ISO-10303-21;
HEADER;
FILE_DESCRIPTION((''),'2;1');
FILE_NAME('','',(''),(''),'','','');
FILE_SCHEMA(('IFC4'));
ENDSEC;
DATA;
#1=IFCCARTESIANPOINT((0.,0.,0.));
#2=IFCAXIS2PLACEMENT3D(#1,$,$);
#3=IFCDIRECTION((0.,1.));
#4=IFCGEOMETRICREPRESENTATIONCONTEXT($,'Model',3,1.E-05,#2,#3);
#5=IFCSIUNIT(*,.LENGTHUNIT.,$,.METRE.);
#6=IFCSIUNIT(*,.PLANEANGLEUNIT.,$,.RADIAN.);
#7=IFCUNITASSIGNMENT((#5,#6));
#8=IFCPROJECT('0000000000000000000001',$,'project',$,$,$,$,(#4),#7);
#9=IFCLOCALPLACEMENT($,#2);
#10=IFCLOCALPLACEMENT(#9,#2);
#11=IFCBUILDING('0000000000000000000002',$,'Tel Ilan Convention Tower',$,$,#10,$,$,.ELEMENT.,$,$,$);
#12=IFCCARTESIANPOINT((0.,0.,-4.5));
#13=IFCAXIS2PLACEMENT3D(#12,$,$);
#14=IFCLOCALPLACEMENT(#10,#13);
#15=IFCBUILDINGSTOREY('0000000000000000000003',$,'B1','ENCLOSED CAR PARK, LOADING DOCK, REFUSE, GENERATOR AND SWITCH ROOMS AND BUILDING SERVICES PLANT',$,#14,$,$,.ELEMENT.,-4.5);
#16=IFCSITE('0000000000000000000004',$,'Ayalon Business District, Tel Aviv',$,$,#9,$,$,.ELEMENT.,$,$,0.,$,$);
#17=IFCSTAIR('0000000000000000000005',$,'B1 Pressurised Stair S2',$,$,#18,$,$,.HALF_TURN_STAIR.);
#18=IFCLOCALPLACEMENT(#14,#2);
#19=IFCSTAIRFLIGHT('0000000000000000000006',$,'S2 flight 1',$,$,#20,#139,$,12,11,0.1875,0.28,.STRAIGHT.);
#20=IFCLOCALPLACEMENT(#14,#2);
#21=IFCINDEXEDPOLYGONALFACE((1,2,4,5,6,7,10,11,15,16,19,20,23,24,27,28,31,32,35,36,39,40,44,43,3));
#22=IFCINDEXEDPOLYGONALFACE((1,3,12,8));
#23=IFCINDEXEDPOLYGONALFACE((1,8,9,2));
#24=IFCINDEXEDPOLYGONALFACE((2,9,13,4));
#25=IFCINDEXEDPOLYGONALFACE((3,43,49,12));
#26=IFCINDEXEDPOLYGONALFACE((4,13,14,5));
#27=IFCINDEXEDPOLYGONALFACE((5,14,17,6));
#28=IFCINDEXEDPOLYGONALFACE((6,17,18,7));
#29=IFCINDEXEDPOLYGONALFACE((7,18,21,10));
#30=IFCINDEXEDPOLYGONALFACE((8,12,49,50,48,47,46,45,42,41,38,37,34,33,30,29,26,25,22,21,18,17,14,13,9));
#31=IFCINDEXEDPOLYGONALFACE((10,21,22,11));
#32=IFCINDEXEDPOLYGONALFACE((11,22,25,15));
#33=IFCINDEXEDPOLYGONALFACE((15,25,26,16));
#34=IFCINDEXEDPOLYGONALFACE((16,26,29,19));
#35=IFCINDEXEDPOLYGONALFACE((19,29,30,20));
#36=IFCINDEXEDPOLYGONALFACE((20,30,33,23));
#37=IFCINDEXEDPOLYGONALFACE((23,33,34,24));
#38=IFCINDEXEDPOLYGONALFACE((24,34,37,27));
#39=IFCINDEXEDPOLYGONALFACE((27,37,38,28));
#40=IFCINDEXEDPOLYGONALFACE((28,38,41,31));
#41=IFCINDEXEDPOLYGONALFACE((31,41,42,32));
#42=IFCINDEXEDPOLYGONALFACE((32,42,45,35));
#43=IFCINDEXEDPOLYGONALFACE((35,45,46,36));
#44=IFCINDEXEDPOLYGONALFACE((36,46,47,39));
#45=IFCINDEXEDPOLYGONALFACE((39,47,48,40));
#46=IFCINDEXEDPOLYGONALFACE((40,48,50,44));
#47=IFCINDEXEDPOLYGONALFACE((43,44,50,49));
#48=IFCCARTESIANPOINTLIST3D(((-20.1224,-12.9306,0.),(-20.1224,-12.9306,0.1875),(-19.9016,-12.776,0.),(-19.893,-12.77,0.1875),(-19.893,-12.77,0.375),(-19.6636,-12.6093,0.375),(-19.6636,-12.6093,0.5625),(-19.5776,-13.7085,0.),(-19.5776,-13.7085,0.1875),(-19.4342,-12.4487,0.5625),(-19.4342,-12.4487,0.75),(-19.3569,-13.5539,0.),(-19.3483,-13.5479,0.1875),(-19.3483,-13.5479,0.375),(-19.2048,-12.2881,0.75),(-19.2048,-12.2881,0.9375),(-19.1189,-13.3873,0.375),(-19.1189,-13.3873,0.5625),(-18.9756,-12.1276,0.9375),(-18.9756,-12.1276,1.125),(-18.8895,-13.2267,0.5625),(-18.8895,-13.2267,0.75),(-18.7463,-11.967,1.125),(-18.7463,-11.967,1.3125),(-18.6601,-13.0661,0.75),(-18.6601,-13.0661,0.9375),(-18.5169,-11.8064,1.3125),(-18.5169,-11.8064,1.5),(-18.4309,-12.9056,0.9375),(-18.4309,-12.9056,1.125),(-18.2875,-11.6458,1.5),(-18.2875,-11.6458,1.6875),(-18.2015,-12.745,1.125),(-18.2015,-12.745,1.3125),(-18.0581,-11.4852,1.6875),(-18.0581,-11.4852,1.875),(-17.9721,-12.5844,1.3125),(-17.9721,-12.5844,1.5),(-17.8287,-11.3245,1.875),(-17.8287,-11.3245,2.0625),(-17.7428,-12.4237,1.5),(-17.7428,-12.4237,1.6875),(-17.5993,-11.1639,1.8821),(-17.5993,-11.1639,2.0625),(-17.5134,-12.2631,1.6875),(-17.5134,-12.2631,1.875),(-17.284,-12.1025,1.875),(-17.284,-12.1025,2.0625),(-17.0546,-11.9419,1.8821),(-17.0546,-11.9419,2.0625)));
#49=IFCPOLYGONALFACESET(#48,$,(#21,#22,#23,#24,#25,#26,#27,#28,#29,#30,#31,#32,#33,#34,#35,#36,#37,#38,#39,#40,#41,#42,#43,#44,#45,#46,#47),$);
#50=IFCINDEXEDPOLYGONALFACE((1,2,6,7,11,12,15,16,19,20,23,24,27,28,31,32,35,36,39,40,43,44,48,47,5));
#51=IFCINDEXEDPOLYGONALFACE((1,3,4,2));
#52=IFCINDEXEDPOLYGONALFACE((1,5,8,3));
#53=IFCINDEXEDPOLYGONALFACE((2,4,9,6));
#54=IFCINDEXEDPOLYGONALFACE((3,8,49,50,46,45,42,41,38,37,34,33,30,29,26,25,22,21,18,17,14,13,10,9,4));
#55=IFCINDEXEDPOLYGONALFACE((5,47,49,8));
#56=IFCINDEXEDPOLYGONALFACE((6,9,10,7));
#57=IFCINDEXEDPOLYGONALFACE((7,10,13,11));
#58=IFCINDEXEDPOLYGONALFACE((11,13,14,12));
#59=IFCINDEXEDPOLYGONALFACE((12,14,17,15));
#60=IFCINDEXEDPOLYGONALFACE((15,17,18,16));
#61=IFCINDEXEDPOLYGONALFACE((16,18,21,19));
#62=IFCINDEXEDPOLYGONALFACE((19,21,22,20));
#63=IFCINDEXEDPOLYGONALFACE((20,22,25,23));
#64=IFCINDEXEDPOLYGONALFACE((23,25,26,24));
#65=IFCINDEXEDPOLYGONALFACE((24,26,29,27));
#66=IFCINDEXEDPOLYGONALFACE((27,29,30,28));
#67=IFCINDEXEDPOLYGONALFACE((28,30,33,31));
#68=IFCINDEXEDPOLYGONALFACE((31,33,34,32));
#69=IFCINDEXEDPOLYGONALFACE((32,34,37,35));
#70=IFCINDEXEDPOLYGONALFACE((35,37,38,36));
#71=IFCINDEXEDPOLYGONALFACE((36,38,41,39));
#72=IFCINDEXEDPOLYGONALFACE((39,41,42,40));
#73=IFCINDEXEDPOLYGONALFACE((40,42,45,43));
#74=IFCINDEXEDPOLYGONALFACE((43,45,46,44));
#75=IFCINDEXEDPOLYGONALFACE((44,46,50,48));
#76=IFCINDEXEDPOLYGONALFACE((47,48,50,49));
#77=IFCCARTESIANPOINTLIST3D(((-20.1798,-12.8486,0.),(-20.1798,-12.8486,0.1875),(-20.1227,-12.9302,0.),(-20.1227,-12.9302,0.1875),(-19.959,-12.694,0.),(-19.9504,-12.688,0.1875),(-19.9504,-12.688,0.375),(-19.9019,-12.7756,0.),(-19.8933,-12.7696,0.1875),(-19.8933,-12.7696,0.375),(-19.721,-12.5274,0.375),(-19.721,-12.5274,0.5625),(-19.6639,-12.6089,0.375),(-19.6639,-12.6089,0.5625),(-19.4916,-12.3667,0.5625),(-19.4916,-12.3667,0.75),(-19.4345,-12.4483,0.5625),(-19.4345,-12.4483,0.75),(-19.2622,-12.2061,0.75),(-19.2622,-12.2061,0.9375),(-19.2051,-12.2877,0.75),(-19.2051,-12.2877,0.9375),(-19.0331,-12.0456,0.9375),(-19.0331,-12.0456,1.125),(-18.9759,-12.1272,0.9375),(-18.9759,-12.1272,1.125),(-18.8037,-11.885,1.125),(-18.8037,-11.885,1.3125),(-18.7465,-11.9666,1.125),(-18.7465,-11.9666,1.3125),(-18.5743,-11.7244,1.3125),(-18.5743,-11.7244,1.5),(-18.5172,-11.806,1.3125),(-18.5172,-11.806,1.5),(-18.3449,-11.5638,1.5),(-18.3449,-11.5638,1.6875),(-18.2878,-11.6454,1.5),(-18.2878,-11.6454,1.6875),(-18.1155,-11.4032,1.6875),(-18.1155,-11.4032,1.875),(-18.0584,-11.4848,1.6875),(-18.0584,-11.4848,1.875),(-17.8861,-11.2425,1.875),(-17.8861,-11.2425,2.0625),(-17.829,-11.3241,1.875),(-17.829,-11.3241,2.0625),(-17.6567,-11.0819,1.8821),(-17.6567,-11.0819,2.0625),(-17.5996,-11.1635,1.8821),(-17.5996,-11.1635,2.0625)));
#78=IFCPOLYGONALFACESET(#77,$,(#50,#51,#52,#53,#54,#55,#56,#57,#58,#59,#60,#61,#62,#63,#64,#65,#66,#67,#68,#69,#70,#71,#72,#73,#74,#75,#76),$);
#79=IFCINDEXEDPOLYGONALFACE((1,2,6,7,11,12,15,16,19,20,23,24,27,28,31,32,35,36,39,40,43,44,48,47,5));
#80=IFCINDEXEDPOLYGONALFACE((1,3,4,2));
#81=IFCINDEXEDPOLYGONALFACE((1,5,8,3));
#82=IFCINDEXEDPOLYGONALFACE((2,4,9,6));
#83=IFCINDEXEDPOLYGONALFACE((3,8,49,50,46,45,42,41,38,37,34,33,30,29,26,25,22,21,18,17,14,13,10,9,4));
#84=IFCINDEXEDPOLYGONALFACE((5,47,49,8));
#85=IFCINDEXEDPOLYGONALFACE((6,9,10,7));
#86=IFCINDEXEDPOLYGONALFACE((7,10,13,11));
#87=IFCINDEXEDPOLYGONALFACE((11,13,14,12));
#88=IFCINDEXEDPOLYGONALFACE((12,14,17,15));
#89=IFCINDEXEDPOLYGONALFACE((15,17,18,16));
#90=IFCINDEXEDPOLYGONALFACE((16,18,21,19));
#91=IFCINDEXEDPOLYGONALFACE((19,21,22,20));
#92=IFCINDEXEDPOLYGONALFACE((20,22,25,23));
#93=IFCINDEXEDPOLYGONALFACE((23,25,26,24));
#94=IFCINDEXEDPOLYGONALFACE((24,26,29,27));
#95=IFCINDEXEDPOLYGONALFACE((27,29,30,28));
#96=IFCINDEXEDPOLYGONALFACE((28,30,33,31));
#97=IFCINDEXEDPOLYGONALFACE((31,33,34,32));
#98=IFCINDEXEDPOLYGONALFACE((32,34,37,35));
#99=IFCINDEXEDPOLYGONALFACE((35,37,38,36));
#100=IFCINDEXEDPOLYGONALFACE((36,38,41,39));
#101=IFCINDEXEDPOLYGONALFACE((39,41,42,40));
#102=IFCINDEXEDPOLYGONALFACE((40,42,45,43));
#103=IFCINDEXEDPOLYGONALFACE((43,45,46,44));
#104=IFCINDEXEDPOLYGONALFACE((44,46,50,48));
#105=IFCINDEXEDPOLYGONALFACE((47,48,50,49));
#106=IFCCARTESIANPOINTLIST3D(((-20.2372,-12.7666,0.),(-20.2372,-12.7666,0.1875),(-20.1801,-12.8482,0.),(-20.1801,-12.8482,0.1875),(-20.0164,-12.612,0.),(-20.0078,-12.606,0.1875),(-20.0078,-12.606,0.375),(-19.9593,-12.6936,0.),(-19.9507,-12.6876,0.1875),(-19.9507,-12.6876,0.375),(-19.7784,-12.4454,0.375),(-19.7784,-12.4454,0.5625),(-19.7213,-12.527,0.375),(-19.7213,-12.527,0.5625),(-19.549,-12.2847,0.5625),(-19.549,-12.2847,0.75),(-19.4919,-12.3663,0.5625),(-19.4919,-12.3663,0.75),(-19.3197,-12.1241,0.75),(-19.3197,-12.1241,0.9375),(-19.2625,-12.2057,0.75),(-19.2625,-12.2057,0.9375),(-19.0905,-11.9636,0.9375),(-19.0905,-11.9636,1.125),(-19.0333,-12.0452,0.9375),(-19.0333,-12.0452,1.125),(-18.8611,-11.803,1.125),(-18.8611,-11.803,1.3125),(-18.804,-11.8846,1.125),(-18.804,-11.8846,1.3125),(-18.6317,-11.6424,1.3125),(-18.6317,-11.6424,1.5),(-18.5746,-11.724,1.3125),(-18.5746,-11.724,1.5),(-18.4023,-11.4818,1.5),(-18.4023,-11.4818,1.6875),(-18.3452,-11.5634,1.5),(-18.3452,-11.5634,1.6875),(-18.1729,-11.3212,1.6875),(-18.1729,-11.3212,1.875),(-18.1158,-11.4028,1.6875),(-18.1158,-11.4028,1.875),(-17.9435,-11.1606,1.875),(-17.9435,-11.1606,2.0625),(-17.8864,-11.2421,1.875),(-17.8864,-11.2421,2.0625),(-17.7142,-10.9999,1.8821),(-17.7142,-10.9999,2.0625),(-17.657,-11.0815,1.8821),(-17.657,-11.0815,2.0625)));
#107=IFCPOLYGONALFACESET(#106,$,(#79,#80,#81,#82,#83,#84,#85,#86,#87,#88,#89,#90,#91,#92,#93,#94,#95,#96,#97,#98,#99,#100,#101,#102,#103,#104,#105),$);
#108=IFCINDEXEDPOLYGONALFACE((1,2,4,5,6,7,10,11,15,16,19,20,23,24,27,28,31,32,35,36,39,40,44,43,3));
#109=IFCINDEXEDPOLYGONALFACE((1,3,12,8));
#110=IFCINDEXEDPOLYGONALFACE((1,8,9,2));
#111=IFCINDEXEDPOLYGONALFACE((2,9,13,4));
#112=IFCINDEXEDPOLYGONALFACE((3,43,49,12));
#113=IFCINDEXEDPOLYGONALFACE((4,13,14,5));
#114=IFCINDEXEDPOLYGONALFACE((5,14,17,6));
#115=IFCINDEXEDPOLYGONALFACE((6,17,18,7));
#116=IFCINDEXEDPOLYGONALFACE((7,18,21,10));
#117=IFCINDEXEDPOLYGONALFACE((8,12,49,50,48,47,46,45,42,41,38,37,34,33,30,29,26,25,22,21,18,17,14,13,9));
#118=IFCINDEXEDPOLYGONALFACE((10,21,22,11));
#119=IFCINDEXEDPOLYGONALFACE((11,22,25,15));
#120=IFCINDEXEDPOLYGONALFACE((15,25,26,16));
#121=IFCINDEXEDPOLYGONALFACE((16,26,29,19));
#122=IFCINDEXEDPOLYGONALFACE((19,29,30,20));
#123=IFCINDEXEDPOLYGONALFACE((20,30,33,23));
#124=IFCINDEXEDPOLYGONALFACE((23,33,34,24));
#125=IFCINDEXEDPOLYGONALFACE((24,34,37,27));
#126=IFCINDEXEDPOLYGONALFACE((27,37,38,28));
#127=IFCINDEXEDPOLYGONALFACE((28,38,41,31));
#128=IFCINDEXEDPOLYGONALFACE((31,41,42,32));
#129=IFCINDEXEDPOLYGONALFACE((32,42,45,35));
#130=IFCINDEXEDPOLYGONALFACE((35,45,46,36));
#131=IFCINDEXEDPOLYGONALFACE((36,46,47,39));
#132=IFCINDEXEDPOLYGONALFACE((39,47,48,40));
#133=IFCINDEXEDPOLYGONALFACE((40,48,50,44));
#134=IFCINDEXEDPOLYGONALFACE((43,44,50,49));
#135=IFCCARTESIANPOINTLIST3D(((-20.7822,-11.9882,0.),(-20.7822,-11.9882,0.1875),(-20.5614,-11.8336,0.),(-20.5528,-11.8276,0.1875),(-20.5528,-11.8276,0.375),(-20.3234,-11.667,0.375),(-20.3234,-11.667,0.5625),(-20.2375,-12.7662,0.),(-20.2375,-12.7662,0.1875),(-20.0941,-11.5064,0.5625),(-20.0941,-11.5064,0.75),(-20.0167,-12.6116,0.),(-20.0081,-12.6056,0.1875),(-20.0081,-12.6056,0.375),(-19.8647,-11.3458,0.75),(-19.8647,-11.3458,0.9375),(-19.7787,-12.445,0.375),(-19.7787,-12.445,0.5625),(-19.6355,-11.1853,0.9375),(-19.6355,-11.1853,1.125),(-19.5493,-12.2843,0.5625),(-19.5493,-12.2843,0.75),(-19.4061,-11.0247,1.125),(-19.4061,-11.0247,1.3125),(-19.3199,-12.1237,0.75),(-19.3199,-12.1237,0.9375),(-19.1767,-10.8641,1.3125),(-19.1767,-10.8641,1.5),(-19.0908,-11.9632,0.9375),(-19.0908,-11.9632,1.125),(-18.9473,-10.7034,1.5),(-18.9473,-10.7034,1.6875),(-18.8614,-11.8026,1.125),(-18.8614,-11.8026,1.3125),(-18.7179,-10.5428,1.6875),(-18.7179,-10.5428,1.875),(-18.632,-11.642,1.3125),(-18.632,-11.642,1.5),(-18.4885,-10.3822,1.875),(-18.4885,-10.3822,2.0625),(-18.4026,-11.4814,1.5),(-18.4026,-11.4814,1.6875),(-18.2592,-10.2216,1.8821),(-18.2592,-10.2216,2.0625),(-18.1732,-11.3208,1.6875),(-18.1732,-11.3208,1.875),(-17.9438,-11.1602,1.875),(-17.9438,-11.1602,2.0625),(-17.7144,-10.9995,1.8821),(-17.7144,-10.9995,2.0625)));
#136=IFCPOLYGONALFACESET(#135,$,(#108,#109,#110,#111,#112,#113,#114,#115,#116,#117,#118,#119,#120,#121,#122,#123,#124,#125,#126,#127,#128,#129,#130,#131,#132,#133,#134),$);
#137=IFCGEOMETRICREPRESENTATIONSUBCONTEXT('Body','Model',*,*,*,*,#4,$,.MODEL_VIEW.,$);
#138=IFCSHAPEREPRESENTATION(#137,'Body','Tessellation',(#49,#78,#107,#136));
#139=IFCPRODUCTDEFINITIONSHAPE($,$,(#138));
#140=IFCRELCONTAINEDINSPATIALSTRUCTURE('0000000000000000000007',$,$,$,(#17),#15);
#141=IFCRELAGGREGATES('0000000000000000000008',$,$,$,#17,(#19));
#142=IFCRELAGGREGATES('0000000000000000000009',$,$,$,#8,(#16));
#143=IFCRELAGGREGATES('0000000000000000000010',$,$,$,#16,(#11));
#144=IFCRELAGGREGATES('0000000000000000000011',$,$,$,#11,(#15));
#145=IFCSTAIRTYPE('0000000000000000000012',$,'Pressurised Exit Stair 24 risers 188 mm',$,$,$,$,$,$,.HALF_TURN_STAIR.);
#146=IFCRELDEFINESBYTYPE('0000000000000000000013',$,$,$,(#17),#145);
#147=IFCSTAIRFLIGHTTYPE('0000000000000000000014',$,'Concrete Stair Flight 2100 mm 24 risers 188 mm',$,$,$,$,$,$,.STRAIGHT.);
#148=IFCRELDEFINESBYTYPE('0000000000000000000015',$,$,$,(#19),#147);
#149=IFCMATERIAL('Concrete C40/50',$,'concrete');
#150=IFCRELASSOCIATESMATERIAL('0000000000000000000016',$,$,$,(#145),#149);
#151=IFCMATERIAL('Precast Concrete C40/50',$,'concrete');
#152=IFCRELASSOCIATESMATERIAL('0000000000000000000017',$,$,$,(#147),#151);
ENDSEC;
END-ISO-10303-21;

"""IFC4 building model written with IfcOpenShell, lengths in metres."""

from ifc_helpers import new_model, si_unit, direction, frame, origin, place, context, subcontext, project, spatial, polyline, outline, extrude, material, type_object, element, aggregate, save


model = new_model("IFC4")

# Units and contexts
model_context = context("Model", 3, precision=1e-05, world=origin(), true_north=direction((0.0, 1.0)))
body_context = subcontext(model_context, "Body", "Model", "MODEL_VIEW")
ifc_project = project(units=[si_unit("LENGTHUNIT", "METRE"), si_unit("PLANEANGLEUNIT", "RADIAN")], contexts=[model_context])

# Site, building, storey
site_placement = place(None, origin())
site = spatial("IfcSite", under=ifc_project, at=site_placement, Name="Ayalon Business District, Tel Aviv", CompositionType="ELEMENT", RefElevation=0.0)
building_placement = place(site_placement, origin())
building = spatial("IfcBuilding", under=site, at=building_placement, Name="Tel Ilan Convention Tower", CompositionType="ELEMENT")
storey_placement = place(building_placement, frame((0.0, 0.0, -4.5)))
storey = spatial("IfcBuildingStorey", under=building, at=storey_placement, Name="B1", Description="ENCLOSED CAR PARK, LOADING DOCK, REFUSE, GENERATOR AND SWITCH ROOMS AND BUILDING SERVICES PLANT", CompositionType="ELEMENT", Elevation=-4.5)

# Shared definitions
ifc_material_1 = material(Name="Concrete C40/50", Category="concrete")
stair_type = type_object("IfcStairType", Name="Pressurised Exit Stair 24 risers 188 mm", PredefinedType="HALF_TURN_STAIR", material=ifc_material_1)
ifc_material_2 = material(Name="Precast Concrete C40/50", Category="concrete")
stair_flight_type = type_object("IfcStairFlightType", Name="Concrete Stair Flight 2100 mm 24 risers 188 mm", PredefinedType="STRAIGHT", material=ifc_material_2)

# Stair, stair flight
stair_1_placement = place(storey_placement, origin())
stair_1 = element("IfcStair", 1, at=stair_1_placement, inside=storey, type_object=stair_type, Name="B1 Pressurised Stair S2", PredefinedType="HALF_TURN_STAIR")
stair_flight_1_placement = place(storey_placement, frame((-20.1799, -12.8484, 0.0), z_axis=(0.0, 0.0, 1.0), x_axis=(0.819152, 0.573576, 0.0)))
stair_flight_1 = element("IfcStairFlight", 2, at=stair_flight_1_placement, type_object=stair_flight_type, Name="S2 flight 1", NumberOfRisers=12, NumberOfTreads=11, PredefinedType="STRAIGHT", RiserHeight=0.1875, TreadLength=0.28, context=body_context, shape_type="SweptSolid", body=[
    extrude(outline(polyline([(0.0, 0.0), (0.0, 0.1875), (0.28, 0.1875), (0.28, 0.375), (0.5601, 0.375), (0.5601, 0.5625), (0.8401, 0.5625), (0.8401, 0.75), (1.1201, 0.75), (1.1201, 0.9375), (1.3999, 0.9375), (1.3999, 1.125), (1.6799, 1.125), (1.6799, 1.3125), (1.96, 1.3125), (1.96, 1.5), (2.24, 1.5), (2.24, 1.6875), (2.52, 1.6875), (2.52, 1.875), (2.8, 1.875), (2.8, 2.0625), (3.0801, 2.0625), (3.0801, 2.25), (3.0801, 1.8821), (0.2695, 0.0), (0.0, 0.0)])), frame((0.0, -0.1003, 0.0), z_axis=(0.0, -1.0, 0.0), x_axis=(1.0, 0.0, 0.0)), (0.0, 0.0, 1.0), 0.9497),
    extrude(outline(polyline([(0.0, 0.0), (0.0, 0.1875), (0.28, 0.1875), (0.28, 0.375), (0.5601, 0.375), (0.5601, 0.5625), (0.8401, 0.5625), (0.8401, 0.75), (1.1201, 0.75), (1.1201, 0.9375), (1.3999, 0.9375), (1.3999, 1.125), (1.6799, 1.125), (1.6799, 1.3125), (1.96, 1.3125), (1.96, 1.5), (2.24, 1.5), (2.24, 1.6875), (2.52, 1.6875), (2.52, 1.875), (2.8, 1.875), (2.8, 2.0625), (3.0801, 2.0625), (3.0801, 2.25), (3.0801, 1.8821), (0.2695, 0.0), (0.0, 0.0)])), frame((0.0, -0.0002, 0.0), z_axis=(0.0, -1.0, 0.0), x_axis=(1.0, 0.0, 0.0)), (0.0, 0.0, 1.0), 0.0996),
    extrude(outline(polyline([(0.0, 0.0), (0.0, 0.1875), (0.28, 0.1875), (0.28, 0.375), (0.5601, 0.375), (0.5601, 0.5625), (0.8401, 0.5625), (0.8401, 0.75), (1.1201, 0.75), (1.1201, 0.9375), (1.3999, 0.9375), (1.3999, 1.125), (1.6799, 1.125), (1.6799, 1.3125), (1.96, 1.3125), (1.96, 1.5), (2.24, 1.5), (2.24, 1.6875), (2.52, 1.6875), (2.52, 1.875), (2.8, 1.875), (2.8, 2.0625), (3.0801, 2.0625), (3.0801, 2.25), (3.0801, 1.8821), (0.2695, 0.0), (0.0, 0.0)])), frame((0.0, 0.0999, 0.0), z_axis=(0.0, -1.0, 0.0), x_axis=(1.0, 0.0, 0.0)), (0.0, 0.0, 1.0), 0.0996),
    extrude(outline(polyline([(0.0, 0.0), (0.0, 0.1875), (0.28, 0.1875), (0.28, 0.375), (0.5601, 0.375), (0.5601, 0.5625), (0.8401, 0.5625), (0.8401, 0.75), (1.1201, 0.75), (1.1201, 0.9375), (1.3999, 0.9375), (1.3999, 1.125), (1.6799, 1.125), (1.6799, 1.3125), (1.96, 1.3125), (1.96, 1.5), (2.24, 1.5), (2.24, 1.6875), (2.52, 1.6875), (2.52, 1.875), (2.8, 1.875), (2.8, 2.0625), (3.0801, 2.0625), (3.0801, 2.25), (3.0801, 1.8821), (0.2695, 0.0), (0.0, 0.0)])), frame((0.0, 1.05, 0.0), z_axis=(0.0, -1.0, 0.0), x_axis=(1.0, 0.0, 0.0)), (0.0, 0.0, 1.0), 0.9497),
])
aggregate(stair_1, [stair_flight_1])

save(model, "model.ifc")
